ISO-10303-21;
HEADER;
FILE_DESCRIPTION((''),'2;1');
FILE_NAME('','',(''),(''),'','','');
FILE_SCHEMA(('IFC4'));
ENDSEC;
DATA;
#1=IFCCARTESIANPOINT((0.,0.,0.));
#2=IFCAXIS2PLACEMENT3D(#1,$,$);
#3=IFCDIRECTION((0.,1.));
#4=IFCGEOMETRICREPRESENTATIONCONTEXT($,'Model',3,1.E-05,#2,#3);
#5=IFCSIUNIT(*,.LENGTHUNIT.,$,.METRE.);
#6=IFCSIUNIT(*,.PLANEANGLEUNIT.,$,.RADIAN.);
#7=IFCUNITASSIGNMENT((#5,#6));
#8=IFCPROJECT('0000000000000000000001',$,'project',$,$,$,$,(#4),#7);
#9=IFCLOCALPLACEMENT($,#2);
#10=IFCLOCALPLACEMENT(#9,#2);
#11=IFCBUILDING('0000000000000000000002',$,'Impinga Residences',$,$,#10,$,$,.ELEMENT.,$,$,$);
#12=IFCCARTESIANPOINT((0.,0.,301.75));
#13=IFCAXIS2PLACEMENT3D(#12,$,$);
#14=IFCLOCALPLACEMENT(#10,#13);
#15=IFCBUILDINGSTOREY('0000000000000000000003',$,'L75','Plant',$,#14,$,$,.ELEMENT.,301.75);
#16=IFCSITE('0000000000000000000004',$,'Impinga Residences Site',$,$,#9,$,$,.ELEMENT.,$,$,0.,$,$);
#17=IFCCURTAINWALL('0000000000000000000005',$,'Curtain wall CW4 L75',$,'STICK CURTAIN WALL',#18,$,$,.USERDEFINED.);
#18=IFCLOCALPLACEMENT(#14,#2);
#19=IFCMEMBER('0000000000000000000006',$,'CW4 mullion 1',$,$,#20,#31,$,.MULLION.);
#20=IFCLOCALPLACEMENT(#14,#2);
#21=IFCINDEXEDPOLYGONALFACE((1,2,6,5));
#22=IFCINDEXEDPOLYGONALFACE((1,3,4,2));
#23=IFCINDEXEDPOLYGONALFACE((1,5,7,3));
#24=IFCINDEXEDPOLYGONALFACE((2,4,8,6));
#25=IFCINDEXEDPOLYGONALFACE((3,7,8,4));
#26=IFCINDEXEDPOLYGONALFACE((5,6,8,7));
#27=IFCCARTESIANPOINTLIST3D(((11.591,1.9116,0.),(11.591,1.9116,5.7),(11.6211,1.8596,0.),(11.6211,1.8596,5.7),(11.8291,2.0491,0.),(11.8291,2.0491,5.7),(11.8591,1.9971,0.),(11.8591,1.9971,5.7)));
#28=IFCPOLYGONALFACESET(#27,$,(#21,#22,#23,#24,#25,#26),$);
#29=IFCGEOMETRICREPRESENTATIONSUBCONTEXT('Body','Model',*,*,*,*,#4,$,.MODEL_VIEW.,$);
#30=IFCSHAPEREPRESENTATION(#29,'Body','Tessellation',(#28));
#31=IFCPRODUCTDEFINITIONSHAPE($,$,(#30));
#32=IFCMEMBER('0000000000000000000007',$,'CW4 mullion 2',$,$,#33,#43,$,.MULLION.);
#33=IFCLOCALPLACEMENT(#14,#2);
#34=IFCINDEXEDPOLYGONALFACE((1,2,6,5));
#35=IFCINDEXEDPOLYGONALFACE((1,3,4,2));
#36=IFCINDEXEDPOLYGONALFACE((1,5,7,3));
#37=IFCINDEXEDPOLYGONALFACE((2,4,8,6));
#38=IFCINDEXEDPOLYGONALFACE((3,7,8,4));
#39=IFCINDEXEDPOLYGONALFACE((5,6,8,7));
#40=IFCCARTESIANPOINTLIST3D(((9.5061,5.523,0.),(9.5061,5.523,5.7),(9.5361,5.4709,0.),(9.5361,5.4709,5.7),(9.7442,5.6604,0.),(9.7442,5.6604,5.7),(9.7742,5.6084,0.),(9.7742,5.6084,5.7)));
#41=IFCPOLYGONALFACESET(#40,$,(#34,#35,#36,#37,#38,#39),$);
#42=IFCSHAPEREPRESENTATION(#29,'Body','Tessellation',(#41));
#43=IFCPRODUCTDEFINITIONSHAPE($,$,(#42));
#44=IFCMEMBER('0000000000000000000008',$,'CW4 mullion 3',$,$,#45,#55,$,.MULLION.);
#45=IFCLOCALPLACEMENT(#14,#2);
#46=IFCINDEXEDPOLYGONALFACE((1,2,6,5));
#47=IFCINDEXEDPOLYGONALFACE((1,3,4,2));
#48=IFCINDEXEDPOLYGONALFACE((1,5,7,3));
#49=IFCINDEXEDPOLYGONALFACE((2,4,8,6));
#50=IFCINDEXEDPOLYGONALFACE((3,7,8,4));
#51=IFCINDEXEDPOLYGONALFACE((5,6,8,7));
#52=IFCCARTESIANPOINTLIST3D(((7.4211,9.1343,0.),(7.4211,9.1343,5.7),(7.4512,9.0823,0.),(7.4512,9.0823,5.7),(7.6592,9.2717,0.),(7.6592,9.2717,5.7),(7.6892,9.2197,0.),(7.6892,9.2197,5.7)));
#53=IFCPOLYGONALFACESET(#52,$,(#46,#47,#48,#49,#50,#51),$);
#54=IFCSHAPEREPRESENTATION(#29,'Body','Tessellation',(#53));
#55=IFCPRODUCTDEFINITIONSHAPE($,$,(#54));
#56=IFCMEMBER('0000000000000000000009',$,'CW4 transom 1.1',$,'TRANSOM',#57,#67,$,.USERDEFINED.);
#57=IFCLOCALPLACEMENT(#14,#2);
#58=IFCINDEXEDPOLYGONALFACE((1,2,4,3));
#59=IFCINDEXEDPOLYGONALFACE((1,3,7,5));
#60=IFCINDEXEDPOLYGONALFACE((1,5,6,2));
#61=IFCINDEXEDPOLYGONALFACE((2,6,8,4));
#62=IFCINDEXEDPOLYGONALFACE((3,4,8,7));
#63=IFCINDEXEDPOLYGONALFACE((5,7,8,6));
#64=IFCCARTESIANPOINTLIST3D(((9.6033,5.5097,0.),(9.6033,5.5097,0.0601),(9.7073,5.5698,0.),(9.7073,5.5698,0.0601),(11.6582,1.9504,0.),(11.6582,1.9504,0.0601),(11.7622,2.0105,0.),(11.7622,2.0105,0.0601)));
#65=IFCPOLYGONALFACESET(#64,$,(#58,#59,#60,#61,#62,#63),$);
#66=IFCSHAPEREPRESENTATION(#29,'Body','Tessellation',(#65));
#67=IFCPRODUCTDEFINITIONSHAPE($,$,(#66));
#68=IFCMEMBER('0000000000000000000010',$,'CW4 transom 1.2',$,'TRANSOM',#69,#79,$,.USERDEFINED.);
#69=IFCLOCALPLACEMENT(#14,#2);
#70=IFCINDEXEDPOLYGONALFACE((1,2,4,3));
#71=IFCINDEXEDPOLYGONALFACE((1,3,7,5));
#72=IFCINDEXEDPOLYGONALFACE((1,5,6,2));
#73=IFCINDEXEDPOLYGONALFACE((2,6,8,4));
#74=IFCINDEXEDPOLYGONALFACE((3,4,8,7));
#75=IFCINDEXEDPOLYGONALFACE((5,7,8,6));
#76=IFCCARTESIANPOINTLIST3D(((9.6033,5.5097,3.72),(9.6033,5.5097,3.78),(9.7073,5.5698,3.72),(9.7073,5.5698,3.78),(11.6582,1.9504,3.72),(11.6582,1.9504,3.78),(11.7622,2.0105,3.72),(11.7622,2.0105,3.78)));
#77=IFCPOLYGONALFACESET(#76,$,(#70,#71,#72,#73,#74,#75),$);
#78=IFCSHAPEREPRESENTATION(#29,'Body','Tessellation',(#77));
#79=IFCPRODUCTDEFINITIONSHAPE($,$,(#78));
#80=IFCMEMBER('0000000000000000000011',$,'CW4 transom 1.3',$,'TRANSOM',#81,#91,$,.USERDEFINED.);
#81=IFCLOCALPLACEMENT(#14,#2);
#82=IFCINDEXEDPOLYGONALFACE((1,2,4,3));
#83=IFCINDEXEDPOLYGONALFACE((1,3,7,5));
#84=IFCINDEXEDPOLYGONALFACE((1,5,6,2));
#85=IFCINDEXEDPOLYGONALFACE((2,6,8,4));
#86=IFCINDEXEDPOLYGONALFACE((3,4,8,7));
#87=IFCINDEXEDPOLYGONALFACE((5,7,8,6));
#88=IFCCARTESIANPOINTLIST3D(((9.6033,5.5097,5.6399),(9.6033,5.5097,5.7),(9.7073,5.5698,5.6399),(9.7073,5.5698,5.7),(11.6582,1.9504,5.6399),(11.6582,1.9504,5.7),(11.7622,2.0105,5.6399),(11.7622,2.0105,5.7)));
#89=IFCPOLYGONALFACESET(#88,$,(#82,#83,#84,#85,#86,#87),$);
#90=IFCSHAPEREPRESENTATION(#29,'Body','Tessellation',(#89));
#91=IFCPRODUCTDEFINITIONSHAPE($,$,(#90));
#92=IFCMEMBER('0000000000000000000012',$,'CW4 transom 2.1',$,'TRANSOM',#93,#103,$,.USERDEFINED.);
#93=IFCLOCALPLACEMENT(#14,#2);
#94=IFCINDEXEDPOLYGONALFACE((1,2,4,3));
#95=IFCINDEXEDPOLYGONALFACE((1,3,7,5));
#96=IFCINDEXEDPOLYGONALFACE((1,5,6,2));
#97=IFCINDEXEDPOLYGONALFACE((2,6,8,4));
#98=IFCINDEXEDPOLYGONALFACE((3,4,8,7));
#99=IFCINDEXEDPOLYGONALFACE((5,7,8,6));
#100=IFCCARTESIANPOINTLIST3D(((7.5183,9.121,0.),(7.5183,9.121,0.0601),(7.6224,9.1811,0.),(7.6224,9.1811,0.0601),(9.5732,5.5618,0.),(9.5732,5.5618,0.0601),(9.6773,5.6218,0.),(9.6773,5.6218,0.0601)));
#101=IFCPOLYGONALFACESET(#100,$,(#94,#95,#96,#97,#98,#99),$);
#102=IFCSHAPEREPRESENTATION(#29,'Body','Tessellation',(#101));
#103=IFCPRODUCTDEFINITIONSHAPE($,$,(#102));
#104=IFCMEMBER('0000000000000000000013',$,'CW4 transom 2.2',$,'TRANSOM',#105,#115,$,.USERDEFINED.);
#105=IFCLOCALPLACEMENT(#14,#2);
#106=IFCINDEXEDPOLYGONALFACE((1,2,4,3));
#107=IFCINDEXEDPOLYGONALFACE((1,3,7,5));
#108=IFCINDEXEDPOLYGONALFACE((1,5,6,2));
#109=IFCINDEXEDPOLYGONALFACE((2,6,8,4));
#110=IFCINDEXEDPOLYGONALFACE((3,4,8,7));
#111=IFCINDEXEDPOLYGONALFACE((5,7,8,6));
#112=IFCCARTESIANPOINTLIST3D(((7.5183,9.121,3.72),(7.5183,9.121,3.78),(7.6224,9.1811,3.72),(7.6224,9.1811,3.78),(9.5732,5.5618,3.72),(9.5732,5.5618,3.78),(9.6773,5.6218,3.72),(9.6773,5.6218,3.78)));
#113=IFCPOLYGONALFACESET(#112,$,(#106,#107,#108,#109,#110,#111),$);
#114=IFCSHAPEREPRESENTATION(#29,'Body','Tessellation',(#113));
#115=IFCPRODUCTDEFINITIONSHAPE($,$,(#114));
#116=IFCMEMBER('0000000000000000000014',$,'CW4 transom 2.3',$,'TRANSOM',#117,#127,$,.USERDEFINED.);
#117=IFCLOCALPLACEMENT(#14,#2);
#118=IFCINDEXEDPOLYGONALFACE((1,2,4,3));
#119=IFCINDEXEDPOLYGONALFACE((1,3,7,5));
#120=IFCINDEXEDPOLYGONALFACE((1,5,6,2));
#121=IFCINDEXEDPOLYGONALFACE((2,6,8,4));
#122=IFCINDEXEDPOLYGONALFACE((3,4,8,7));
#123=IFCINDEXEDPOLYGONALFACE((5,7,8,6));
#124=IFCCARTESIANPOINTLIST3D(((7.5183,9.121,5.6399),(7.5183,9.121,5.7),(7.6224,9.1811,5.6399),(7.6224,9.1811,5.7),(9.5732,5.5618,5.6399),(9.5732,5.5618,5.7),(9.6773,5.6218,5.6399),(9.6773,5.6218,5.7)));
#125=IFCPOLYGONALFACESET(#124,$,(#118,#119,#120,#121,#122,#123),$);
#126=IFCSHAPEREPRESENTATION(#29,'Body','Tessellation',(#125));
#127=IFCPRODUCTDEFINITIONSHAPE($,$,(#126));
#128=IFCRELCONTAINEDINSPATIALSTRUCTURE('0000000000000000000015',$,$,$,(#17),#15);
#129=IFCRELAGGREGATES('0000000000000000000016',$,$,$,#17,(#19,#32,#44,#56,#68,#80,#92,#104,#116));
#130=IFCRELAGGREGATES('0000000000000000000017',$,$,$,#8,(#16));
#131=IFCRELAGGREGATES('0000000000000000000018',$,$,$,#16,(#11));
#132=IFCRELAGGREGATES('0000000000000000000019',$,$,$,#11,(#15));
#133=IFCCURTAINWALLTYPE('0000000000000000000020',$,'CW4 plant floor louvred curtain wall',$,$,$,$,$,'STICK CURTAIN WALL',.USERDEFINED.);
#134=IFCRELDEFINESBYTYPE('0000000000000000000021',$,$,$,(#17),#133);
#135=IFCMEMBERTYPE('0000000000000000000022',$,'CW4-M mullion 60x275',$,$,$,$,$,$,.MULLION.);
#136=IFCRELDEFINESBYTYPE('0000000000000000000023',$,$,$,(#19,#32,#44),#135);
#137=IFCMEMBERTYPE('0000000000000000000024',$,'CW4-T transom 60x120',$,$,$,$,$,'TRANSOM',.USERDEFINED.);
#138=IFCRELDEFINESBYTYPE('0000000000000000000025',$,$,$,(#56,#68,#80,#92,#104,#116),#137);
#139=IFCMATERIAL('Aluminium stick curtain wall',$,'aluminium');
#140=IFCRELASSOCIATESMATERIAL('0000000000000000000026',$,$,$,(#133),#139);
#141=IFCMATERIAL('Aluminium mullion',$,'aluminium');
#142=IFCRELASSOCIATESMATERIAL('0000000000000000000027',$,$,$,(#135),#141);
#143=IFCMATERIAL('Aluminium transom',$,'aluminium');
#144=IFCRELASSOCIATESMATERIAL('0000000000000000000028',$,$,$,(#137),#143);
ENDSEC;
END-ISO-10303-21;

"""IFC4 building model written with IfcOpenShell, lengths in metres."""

from ifc_helpers import new_model, si_unit, direction, frame, origin, origin_2d, place, context, subcontext, project, spatial, rectangle, extrude, material, material_profile, profile_set, type_object, element, aggregate, save


model = new_model("IFC4")

# Units and contexts
model_context = context("Model", 3, precision=1e-05, world=origin(), true_north=direction((0.0, 1.0)))
body_context = subcontext(model_context, "Body", "Model", "MODEL_VIEW")
ifc_project = project(units=[si_unit("LENGTHUNIT", "METRE"), si_unit("PLANEANGLEUNIT", "RADIAN")], contexts=[model_context])

# Site, building, storey
site_placement = place(None, origin())
site = spatial("IfcSite", under=ifc_project, at=site_placement, Name="Impinga Residences Site", CompositionType="ELEMENT", RefElevation=0.0)
building_placement = place(site_placement, origin())
building = spatial("IfcBuilding", under=site, at=building_placement, Name="Impinga Residences", CompositionType="ELEMENT")
storey_placement = place(building_placement, frame((0.0, 0.0, 301.75)))
storey = spatial("IfcBuildingStorey", under=building, at=storey_placement, Name="L75", Description="Plant", CompositionType="ELEMENT", Elevation=301.75)

# Curtain wall, members
ifc_material_1 = material(Name="Aluminium stick curtain wall", Category="aluminium")
curtain_wall_type = type_object("IfcCurtainWallType", Name="CW4 plant floor louvred curtain wall", ElementType="STICK CURTAIN WALL", PredefinedType="USERDEFINED", material=ifc_material_1)
curtain_wall_placement = place(storey_placement, origin())
curtain_wall = element("IfcCurtainWall", 1, at=curtain_wall_placement, inside=storey, type_object=curtain_wall_type, Name="Curtain wall CW4 L75", ObjectType="STICK CURTAIN WALL", PredefinedType="USERDEFINED")
ifc_material_2 = material(Name="Aluminium mullion", Category="aluminium")
ifc_material_profile_1 = material_profile(ifc_material_2, rectangle(XDim=0.0601, YDim=0.2749, at=origin_2d()), Name="60x275 mullion")
ifc_profile_set_1 = profile_set([ifc_material_profile_1], Name="Aluminium mullion")
member_type_1 = type_object("IfcMemberType", Name="CW4-M mullion 60x275", PredefinedType="MULLION", material=ifc_profile_set_1)
member_1_placement = place(storey_placement, frame((11.7251, 1.9543, 0.0), z_axis=(0.0, 0.0, 1.0), x_axis=(-0.5, 0.866025, 0.0)))
member_1 = element("IfcMember", 2, at=member_1_placement, type_object=member_type_1, Name="CW4 mullion 1", PredefinedType="MULLION", context=body_context, shape_type="SweptSolid", body=[
    extrude(rectangle(XDim=0.0601, YDim=0.2749, at=origin_2d()), origin(), (0.0, 0.0, 1.0), 5.7),
])
member_2_placement = place(storey_placement, frame((9.6401, 5.5657, 0.0), z_axis=(0.0, 0.0, 1.0), x_axis=(-0.5, 0.866025, 0.0)))
member_2 = element("IfcMember", 3, at=member_2_placement, type_object=member_type_1, Name="CW4 mullion 2", PredefinedType="MULLION", context=body_context, shape_type="SweptSolid", body=[
    extrude(rectangle(XDim=0.0601, YDim=0.2749, at=origin_2d()), origin(), (0.0, 0.0, 1.0), 5.7),
])
member_3_placement = place(storey_placement, frame((7.5552, 9.177, 0.0), z_axis=(0.0, 0.0, 1.0), x_axis=(-0.5, 0.866025, 0.0)))
member_3 = element("IfcMember", 4, at=member_3_placement, type_object=member_type_1, Name="CW4 mullion 3", PredefinedType="MULLION", context=body_context, shape_type="SweptSolid", body=[
    extrude(rectangle(XDim=0.0601, YDim=0.2749, at=origin_2d()), origin(), (0.0, 0.0, 1.0), 5.7),
])
ifc_material_3 = material(Name="Aluminium transom", Category="aluminium")
ifc_material_profile_2 = material_profile(ifc_material_3, rectangle(XDim=0.0601, YDim=0.1201, at=origin_2d()), Name="60x120 transom")
ifc_profile_set_2 = profile_set([ifc_material_profile_2], Name="Aluminium transom")
member_type_2 = type_object("IfcMemberType", Name="CW4-T transom 60x120", ElementType="TRANSOM", PredefinedType="USERDEFINED", material=ifc_profile_set_2)
member_4_placement = place(storey_placement, frame((11.7102, 1.9805, 0.03), z_axis=(-0.499992, 0.86603, 0.0), x_axis=(0.0, 0.0, 1.0)))
member_4 = element("IfcMember", 5, at=member_4_placement, type_object=member_type_2, Name="CW4 transom 1.1", ObjectType="TRANSOM", PredefinedType="USERDEFINED", context=body_context, shape_type="SweptSolid", body=[
    extrude(rectangle(XDim=0.0601, YDim=0.1201, at=origin_2d()), origin(), (0.0, 0.0, 1.0), 4.1099),
])
member_5_placement = place(storey_placement, frame((11.7102, 1.9805, 3.75), z_axis=(-0.499992, 0.86603, 0.0), x_axis=(0.0, 0.0, 1.0)))
member_5 = element("IfcMember", 6, at=member_5_placement, type_object=member_type_2, Name="CW4 transom 1.2", ObjectType="TRANSOM", PredefinedType="USERDEFINED", context=body_context, shape_type="SweptSolid", body=[
    extrude(rectangle(XDim=0.0601, YDim=0.1201, at=origin_2d()), origin(), (0.0, 0.0, 1.0), 4.1099),
])
member_6_placement = place(storey_placement, frame((11.7102, 1.9805, 5.6699), z_axis=(-0.499992, 0.86603, 0.0), x_axis=(0.0, 0.0, 1.0)))
member_6 = element("IfcMember", 7, at=member_6_placement, type_object=member_type_2, Name="CW4 transom 1.3", ObjectType="TRANSOM", PredefinedType="USERDEFINED", context=body_context, shape_type="SweptSolid", body=[
    extrude(rectangle(XDim=0.0601, YDim=0.1201, at=origin_2d()), origin(), (0.0, 0.0, 1.0), 4.1099),
])
member_7_placement = place(storey_placement, frame((9.6252, 5.5918, 0.03), z_axis=(-0.499992, 0.86603, 0.0), x_axis=(0.0, 0.0, 1.0)))
member_7 = element("IfcMember", 8, at=member_7_placement, type_object=member_type_2, Name="CW4 transom 2.1", ObjectType="TRANSOM", PredefinedType="USERDEFINED", context=body_context, shape_type="SweptSolid", body=[
    extrude(rectangle(XDim=0.0601, YDim=0.1201, at=origin_2d()), origin(), (0.0, 0.0, 1.0), 4.1099),
])
member_8_placement = place(storey_placement, frame((9.6252, 5.5918, 3.75), z_axis=(-0.499992, 0.86603, 0.0), x_axis=(0.0, 0.0, 1.0)))
member_8 = element("IfcMember", 9, at=member_8_placement, type_object=member_type_2, Name="CW4 transom 2.2", ObjectType="TRANSOM", PredefinedType="USERDEFINED", context=body_context, shape_type="SweptSolid", body=[
    extrude(rectangle(XDim=0.0601, YDim=0.1201, at=origin_2d()), origin(), (0.0, 0.0, 1.0), 4.1099),
])
member_9_placement = place(storey_placement, frame((9.6252, 5.5918, 5.6699), z_axis=(-0.499992, 0.86603, 0.0), x_axis=(0.0, 0.0, 1.0)))
member_9 = element("IfcMember", 10, at=member_9_placement, type_object=member_type_2, Name="CW4 transom 2.3", ObjectType="TRANSOM", PredefinedType="USERDEFINED", context=body_context, shape_type="SweptSolid", body=[
    extrude(rectangle(XDim=0.0601, YDim=0.1201, at=origin_2d()), origin(), (0.0, 0.0, 1.0), 4.1099),
])

aggregate(curtain_wall, [member_1, member_2, member_3, member_4, member_5, member_6, member_7, member_8, member_9])

save(model, "model.ifc")
